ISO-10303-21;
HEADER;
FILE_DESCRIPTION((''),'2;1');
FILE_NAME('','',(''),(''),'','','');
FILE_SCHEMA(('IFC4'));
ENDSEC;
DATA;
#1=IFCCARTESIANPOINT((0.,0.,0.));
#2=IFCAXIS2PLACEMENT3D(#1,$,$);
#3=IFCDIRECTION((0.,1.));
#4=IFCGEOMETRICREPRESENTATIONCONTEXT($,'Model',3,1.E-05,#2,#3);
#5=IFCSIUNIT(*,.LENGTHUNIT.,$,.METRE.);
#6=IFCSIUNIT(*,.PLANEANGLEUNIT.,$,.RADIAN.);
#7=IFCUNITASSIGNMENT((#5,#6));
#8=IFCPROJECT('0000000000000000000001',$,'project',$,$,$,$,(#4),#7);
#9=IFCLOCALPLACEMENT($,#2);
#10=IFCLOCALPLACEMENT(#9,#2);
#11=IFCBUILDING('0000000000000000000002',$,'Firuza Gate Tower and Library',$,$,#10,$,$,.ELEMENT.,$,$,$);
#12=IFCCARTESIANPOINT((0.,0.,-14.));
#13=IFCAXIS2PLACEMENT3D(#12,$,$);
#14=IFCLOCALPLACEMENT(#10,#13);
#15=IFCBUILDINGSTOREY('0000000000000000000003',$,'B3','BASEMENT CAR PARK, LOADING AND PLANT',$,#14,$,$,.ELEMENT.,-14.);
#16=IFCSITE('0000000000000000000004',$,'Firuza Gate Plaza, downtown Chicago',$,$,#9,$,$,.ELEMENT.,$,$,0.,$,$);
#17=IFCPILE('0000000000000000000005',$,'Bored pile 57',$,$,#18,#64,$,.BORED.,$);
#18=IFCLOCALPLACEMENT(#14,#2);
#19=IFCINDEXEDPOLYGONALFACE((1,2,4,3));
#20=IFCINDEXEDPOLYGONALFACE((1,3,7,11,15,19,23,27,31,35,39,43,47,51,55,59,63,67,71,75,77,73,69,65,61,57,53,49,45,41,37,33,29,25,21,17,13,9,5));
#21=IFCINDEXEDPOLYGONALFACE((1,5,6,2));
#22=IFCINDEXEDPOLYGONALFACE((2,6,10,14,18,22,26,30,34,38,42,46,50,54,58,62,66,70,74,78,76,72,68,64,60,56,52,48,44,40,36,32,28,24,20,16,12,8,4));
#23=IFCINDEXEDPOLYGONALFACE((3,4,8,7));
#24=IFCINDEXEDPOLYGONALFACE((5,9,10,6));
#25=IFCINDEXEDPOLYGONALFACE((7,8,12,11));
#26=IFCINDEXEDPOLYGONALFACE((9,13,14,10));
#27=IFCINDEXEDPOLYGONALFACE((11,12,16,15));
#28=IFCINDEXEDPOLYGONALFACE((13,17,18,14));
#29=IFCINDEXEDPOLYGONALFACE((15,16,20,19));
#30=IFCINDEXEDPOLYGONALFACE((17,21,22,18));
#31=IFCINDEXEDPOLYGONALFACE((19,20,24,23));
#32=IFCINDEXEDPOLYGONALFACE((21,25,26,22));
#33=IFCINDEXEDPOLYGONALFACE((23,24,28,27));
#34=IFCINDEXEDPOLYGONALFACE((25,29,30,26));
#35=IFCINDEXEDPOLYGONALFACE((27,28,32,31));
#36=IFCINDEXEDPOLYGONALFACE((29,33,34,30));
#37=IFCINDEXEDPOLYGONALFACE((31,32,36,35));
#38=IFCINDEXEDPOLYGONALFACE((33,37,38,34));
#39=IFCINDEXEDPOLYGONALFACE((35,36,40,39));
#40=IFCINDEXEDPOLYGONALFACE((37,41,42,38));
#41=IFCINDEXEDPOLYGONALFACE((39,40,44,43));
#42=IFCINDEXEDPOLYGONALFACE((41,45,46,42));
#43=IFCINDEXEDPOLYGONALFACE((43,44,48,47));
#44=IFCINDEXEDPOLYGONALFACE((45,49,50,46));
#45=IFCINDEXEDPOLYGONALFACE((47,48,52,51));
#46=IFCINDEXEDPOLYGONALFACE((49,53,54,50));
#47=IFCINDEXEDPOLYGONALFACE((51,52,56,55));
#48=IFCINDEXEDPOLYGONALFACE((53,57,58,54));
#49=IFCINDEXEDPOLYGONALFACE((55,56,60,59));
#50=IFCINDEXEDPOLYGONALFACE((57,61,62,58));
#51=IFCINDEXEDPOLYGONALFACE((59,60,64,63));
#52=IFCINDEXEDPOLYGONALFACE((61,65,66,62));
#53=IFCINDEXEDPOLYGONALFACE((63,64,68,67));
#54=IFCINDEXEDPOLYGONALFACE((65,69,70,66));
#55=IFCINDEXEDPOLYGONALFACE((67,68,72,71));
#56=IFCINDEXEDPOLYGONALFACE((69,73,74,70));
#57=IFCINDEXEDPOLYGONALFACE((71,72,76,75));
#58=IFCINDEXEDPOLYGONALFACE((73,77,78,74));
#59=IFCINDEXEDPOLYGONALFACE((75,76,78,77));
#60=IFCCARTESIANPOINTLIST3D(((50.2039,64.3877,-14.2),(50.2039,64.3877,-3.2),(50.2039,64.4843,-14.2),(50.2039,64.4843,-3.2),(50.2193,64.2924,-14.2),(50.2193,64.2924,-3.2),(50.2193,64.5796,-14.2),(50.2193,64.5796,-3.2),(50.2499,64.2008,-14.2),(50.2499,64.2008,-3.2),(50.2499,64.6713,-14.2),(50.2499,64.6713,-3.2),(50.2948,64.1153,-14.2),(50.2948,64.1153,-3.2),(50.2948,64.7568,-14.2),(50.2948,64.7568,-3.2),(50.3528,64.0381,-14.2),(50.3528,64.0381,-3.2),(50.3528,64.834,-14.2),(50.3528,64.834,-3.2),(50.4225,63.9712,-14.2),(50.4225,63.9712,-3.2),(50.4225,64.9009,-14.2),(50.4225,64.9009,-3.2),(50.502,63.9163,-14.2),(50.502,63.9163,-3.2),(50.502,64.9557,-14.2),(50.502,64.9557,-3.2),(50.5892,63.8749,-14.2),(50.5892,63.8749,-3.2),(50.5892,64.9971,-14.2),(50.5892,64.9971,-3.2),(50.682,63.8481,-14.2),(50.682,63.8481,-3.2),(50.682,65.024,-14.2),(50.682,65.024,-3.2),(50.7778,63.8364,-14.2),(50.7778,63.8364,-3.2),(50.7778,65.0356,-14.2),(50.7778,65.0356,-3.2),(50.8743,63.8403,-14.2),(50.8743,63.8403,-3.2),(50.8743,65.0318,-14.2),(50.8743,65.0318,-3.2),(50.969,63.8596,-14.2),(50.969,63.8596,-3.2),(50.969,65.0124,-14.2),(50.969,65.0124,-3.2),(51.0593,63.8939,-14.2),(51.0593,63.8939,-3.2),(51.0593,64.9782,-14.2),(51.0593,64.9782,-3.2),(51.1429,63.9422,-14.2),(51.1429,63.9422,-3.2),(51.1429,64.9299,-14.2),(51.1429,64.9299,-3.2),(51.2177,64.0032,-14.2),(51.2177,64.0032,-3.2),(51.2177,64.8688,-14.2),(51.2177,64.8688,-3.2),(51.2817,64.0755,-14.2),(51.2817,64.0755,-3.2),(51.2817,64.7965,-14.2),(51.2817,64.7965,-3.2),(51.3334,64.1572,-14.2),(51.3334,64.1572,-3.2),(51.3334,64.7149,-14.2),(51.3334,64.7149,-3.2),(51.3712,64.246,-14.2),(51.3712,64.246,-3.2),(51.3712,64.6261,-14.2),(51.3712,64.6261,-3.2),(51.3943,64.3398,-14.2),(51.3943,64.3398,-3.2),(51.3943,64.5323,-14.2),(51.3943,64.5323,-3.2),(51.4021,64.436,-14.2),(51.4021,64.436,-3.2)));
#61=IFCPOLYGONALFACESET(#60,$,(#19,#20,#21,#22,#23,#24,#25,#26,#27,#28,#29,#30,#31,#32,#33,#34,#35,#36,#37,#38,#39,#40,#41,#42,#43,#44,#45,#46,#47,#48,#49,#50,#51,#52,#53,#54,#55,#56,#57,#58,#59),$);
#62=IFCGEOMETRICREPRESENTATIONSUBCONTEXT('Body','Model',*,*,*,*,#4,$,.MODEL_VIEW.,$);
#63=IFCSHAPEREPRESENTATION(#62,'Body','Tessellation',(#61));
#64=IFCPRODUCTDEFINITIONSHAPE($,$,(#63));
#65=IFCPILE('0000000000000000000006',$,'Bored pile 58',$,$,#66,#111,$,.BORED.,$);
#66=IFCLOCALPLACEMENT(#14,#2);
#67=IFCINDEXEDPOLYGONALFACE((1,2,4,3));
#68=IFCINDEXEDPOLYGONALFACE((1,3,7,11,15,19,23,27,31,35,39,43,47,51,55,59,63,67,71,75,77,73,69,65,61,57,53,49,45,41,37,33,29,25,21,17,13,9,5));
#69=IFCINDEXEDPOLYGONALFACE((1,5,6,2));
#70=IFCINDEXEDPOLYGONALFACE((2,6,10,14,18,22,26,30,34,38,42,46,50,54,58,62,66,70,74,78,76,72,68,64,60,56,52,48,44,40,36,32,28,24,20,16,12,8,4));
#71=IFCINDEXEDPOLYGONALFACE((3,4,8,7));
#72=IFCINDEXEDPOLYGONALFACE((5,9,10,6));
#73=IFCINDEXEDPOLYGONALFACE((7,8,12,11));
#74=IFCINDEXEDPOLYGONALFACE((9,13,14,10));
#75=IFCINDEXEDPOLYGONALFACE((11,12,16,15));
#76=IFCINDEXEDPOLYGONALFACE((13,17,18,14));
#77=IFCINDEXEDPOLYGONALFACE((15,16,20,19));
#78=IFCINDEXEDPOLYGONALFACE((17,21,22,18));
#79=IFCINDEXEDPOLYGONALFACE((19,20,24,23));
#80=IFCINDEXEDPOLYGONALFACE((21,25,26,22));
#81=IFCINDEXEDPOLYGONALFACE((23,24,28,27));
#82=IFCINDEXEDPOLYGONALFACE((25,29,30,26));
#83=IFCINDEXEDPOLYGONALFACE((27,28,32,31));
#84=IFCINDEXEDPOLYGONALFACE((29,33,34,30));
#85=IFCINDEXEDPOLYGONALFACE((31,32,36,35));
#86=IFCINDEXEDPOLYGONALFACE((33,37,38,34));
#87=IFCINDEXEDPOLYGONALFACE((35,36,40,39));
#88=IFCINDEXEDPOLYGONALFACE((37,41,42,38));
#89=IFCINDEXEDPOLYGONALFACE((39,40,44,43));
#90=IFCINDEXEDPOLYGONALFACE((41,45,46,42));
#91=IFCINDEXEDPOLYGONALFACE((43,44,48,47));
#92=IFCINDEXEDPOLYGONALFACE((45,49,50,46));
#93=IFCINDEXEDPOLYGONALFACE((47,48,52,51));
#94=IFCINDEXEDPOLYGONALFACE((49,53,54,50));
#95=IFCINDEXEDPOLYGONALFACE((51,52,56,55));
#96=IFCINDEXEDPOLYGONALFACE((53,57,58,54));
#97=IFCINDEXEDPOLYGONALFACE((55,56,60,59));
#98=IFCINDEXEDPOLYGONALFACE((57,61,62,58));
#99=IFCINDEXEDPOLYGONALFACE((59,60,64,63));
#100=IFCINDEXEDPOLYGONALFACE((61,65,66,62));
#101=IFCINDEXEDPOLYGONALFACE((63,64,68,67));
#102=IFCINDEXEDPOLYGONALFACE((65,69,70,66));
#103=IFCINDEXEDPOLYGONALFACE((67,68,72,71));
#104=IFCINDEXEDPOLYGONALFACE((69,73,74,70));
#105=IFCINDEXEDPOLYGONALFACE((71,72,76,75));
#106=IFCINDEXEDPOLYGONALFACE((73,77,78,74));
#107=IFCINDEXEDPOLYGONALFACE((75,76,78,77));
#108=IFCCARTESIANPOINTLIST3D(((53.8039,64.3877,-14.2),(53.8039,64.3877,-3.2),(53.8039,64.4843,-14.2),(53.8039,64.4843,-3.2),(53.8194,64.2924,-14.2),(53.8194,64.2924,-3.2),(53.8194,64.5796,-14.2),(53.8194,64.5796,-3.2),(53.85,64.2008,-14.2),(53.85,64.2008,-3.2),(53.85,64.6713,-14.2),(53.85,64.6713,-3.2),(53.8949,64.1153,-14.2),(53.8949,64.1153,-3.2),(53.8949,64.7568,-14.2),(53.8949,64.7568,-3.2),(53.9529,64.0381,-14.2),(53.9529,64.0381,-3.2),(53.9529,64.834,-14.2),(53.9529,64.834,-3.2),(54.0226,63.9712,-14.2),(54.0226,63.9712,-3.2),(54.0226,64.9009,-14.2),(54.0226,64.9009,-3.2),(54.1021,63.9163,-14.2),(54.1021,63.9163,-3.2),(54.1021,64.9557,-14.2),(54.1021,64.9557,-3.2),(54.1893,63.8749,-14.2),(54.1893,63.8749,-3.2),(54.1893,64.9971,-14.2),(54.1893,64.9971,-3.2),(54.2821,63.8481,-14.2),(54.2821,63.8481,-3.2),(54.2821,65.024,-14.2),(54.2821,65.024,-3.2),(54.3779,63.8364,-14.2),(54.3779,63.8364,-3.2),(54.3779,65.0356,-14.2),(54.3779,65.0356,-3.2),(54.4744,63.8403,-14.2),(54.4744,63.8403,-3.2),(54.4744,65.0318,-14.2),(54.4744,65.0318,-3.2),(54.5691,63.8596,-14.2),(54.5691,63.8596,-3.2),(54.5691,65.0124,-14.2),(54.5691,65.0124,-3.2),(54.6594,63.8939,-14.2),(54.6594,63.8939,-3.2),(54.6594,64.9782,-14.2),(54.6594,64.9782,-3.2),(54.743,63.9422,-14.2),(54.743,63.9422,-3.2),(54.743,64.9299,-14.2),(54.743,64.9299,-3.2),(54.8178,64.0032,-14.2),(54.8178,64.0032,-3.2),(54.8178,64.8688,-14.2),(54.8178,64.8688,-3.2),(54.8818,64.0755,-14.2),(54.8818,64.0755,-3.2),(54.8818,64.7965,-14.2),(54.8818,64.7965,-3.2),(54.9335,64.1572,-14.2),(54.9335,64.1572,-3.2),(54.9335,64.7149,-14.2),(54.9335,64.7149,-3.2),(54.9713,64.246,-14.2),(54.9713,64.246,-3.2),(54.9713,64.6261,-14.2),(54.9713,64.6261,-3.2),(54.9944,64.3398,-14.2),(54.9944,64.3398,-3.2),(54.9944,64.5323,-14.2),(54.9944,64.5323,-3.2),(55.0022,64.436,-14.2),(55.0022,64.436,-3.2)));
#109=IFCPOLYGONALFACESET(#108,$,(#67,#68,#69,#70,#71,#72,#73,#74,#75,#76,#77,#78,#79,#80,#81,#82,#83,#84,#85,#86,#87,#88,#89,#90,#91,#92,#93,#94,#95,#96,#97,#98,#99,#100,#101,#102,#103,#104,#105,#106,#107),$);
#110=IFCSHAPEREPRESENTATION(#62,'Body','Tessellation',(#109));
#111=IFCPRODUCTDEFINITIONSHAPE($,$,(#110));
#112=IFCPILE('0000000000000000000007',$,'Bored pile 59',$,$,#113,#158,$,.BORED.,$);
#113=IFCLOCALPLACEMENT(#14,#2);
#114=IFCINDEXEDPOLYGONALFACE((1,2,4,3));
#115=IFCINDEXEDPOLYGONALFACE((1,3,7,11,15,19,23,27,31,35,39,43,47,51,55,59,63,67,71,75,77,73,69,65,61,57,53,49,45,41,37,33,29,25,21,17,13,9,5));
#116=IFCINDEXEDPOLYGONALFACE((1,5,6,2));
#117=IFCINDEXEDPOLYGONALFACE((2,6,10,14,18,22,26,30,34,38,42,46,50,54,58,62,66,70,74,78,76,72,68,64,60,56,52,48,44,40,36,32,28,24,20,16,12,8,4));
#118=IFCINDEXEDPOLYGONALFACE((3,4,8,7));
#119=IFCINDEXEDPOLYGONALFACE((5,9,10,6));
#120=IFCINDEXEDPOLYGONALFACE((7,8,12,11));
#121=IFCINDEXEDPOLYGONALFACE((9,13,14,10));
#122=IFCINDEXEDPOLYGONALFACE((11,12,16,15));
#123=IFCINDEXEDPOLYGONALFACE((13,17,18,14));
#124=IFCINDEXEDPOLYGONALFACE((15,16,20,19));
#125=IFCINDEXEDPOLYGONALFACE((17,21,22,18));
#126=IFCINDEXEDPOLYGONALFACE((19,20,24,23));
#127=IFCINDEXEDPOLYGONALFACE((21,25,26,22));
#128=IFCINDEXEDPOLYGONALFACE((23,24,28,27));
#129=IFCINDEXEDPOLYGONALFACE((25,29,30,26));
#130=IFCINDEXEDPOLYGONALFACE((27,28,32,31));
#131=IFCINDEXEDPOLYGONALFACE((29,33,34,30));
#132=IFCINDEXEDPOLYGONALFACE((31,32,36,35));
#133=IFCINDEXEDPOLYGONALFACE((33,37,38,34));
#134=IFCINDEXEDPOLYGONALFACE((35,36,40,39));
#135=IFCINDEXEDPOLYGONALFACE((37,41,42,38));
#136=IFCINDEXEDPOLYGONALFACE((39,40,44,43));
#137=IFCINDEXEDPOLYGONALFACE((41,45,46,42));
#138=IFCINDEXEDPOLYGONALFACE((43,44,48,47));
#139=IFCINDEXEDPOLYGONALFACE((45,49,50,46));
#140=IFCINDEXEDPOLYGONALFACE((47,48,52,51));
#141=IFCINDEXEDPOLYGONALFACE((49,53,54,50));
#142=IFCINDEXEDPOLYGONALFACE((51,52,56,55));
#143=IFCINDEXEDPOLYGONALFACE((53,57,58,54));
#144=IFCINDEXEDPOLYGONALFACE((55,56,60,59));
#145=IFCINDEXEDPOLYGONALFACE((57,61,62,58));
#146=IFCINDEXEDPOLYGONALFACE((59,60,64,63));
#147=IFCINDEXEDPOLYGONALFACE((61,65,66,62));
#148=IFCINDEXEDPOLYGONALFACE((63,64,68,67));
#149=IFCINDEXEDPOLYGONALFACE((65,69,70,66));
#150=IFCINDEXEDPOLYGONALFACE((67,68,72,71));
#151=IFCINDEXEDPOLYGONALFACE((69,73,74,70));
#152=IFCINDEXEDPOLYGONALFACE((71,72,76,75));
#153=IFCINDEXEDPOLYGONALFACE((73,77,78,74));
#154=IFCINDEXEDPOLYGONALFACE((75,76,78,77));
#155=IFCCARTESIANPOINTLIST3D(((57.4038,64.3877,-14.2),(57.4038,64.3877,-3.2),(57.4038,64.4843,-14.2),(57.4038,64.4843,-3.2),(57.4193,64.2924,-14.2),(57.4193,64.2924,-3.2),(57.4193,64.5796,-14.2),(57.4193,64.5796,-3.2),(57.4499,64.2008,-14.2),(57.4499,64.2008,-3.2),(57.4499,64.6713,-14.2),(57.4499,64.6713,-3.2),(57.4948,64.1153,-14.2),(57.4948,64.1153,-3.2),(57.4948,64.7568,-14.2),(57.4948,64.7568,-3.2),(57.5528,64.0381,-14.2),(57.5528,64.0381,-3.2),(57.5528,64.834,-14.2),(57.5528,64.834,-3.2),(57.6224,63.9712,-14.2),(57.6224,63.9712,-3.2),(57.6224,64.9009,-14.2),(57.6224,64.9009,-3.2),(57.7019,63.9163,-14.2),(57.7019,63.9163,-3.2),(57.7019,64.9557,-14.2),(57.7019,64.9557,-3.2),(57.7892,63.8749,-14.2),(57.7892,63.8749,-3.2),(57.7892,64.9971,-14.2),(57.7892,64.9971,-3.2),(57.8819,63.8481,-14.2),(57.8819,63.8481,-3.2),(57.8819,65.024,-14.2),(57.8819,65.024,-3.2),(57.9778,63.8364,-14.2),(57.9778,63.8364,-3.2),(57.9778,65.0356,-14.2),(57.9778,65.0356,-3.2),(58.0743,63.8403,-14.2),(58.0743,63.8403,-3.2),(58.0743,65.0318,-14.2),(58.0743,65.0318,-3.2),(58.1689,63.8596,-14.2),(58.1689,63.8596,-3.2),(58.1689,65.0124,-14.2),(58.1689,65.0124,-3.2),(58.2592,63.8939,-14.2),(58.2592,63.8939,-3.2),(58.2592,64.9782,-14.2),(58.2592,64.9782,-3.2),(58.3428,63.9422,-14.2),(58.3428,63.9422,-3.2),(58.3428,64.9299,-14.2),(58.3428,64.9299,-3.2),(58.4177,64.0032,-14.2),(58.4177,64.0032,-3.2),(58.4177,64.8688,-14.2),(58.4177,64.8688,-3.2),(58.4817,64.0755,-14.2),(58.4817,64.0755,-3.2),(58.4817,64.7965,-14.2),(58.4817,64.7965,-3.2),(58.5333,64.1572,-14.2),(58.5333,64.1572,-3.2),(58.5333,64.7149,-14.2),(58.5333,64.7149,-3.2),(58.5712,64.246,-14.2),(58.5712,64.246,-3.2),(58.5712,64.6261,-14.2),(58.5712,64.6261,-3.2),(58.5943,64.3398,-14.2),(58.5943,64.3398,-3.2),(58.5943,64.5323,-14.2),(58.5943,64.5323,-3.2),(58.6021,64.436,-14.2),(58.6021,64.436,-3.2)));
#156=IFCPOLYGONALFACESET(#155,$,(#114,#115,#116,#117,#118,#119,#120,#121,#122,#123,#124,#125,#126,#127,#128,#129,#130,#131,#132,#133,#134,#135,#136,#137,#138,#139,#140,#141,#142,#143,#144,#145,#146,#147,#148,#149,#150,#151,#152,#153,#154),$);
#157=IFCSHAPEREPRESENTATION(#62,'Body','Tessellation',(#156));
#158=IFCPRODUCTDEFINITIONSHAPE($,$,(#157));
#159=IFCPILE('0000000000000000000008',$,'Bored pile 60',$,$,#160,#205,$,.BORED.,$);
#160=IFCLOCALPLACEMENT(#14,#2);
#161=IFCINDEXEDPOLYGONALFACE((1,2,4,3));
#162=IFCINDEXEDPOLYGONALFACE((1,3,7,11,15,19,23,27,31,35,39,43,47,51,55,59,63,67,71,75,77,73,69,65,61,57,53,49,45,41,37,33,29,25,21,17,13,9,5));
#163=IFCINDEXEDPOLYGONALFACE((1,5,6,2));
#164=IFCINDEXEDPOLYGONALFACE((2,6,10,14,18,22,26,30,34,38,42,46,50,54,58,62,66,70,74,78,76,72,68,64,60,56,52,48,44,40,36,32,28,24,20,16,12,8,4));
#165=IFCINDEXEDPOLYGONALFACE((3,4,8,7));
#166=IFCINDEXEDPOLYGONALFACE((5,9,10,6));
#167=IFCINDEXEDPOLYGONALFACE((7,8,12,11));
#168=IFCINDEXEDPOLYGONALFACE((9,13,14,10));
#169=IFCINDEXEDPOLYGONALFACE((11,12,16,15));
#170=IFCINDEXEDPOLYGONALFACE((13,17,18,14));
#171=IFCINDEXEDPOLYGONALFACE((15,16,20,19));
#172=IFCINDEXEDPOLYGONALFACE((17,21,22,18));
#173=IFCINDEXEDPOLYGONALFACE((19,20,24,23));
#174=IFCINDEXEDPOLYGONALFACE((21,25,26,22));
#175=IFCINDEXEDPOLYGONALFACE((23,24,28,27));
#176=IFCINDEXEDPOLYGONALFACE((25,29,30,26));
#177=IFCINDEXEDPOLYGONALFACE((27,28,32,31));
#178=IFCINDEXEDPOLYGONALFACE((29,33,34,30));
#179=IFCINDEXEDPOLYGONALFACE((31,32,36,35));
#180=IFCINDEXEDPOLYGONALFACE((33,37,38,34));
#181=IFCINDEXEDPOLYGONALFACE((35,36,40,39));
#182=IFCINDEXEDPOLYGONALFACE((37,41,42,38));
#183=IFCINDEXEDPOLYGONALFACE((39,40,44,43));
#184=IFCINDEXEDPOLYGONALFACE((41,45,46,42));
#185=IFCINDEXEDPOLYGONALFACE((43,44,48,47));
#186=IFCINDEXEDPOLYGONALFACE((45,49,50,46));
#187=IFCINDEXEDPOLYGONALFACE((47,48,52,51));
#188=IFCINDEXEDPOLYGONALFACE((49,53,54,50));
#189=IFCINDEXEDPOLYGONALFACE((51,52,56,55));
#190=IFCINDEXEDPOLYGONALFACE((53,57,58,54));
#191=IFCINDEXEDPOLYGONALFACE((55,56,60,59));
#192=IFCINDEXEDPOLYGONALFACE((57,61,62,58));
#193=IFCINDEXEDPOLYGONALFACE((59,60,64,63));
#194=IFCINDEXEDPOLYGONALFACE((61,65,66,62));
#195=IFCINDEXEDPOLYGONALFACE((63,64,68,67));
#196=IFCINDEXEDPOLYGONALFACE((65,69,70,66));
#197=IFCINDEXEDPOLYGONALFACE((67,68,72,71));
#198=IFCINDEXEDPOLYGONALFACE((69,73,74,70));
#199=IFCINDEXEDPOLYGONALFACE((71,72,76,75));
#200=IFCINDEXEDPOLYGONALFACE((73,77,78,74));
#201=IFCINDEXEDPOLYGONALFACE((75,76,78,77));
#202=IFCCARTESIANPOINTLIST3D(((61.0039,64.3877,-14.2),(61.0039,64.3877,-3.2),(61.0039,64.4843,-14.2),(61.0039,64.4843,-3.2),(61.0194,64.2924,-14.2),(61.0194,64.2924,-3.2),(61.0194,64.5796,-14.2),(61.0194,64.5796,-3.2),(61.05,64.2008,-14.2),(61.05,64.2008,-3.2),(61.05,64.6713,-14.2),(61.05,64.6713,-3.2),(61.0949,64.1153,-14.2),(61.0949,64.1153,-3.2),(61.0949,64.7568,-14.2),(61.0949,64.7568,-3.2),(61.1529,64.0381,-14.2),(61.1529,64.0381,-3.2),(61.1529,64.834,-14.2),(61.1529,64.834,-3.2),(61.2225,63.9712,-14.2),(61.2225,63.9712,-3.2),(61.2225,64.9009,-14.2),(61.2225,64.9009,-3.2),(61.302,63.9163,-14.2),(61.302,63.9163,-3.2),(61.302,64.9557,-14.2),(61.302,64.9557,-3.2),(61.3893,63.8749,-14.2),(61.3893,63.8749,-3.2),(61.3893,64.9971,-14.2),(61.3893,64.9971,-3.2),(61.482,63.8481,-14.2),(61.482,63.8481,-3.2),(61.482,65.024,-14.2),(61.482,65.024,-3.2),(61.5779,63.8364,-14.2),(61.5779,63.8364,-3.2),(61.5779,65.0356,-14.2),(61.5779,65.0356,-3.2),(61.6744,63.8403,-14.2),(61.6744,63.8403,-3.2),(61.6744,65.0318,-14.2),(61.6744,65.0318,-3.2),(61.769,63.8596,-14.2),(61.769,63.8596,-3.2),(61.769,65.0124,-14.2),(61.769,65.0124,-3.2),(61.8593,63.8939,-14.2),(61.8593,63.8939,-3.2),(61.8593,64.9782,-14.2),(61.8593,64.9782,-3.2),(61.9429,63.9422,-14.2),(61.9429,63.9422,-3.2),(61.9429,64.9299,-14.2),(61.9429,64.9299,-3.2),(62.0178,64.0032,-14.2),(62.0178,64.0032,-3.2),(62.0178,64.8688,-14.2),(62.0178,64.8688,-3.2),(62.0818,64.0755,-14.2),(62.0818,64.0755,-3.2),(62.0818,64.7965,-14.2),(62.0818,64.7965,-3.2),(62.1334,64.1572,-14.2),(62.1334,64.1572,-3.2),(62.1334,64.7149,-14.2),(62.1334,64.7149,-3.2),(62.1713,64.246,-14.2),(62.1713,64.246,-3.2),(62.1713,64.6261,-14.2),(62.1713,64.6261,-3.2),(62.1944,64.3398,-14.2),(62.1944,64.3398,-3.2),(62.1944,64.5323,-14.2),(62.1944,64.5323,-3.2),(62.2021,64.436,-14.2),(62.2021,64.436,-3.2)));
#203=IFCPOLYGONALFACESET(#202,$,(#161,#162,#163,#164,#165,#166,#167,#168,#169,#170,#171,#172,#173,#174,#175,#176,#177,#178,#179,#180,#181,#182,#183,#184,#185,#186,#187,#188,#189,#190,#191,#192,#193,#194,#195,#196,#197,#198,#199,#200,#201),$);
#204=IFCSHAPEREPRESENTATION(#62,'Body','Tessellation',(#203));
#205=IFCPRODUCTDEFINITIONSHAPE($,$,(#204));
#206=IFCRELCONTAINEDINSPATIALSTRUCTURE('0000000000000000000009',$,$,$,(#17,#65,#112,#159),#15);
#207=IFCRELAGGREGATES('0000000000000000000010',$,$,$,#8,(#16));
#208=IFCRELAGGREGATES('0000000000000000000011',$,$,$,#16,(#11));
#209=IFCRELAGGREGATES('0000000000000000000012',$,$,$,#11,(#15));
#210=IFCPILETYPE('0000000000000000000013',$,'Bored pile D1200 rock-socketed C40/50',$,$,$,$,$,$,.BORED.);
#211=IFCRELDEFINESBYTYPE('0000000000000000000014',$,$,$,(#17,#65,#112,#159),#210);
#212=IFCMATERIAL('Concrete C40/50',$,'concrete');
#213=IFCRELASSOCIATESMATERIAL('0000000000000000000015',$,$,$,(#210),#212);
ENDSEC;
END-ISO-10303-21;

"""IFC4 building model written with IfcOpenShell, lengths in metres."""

from ifc_helpers import new_model, si_unit, direction, frame, origin, origin_2d, place, context, subcontext, project, spatial, circle, extrude, material, material_profile, profile_set, type_object, element, save


model = new_model("IFC4")

# Units and contexts
model_context = context("Model", 3, precision=1e-05, world=origin(), true_north=direction((0.0, 1.0)))
body_context = subcontext(model_context, "Body", "Model", "MODEL_VIEW")
ifc_project = project(units=[si_unit("LENGTHUNIT", "METRE"), si_unit("PLANEANGLEUNIT", "RADIAN")], contexts=[model_context])

# Site, building, storey
site_placement = place(None, origin())
site = spatial("IfcSite", under=ifc_project, at=site_placement, Name="Firuza Gate Plaza, downtown Chicago", CompositionType="ELEMENT", RefElevation=0.0)
building_placement = place(site_placement, origin())
building = spatial("IfcBuilding", under=site, at=building_placement, Name="Firuza Gate Tower and Library", CompositionType="ELEMENT")
storey_placement = place(building_placement, frame((0.0, 0.0, -14.0)))
storey = spatial("IfcBuildingStorey", under=building, at=storey_placement, Name="B3", Description="BASEMENT CAR PARK, LOADING AND PLANT", CompositionType="ELEMENT", Elevation=-14.0)

# Piles
ifc_material_1 = material(Name="Concrete C40/50", Category="concrete")
ifc_material_profile_1 = material_profile(ifc_material_1, circle(Radius=0.6001, at=origin_2d()))
ifc_profile_set_1 = profile_set([ifc_material_profile_1], Name="Concrete C40/50")
pile_type = type_object("IfcPileType", Name="Bored pile D1200 rock-socketed C40/50", PredefinedType="BORED", material=ifc_profile_set_1)
for number, where, z_axis, x_axis, name in (
    (1, (50.802, 64.436, -3.2), (0.0, 0.0, -1.0), (1.0, 0.0, 0.0), "Bored pile 57"),
    (2, (54.4021, 64.436, -3.2), (0.0, 0.0, -1.0), (1.0, 0.0, 0.0), "Bored pile 58"),
    (3, (58.002, 64.436, -3.2), (0.0, 0.0, -1.0), (1.0, 0.0, 0.0), "Bored pile 59"),
    (4, (61.6021, 64.436, -3.2), (0.0, 0.0, -1.0), (1.0, 0.0, 0.0), "Bored pile 60"),
):
    element("IfcPile", number, at=place(storey_placement, frame(where, z_axis=z_axis, x_axis=x_axis)), inside=storey, type_object=pile_type, Name=name, PredefinedType="BORED", context=body_context, shape_type="SweptSolid", body=[
        extrude(circle(Radius=0.6001, at=origin_2d()), origin(), (0.0, 0.0, 1.0), 11.0),
    ])

save(model, "model.ifc")
